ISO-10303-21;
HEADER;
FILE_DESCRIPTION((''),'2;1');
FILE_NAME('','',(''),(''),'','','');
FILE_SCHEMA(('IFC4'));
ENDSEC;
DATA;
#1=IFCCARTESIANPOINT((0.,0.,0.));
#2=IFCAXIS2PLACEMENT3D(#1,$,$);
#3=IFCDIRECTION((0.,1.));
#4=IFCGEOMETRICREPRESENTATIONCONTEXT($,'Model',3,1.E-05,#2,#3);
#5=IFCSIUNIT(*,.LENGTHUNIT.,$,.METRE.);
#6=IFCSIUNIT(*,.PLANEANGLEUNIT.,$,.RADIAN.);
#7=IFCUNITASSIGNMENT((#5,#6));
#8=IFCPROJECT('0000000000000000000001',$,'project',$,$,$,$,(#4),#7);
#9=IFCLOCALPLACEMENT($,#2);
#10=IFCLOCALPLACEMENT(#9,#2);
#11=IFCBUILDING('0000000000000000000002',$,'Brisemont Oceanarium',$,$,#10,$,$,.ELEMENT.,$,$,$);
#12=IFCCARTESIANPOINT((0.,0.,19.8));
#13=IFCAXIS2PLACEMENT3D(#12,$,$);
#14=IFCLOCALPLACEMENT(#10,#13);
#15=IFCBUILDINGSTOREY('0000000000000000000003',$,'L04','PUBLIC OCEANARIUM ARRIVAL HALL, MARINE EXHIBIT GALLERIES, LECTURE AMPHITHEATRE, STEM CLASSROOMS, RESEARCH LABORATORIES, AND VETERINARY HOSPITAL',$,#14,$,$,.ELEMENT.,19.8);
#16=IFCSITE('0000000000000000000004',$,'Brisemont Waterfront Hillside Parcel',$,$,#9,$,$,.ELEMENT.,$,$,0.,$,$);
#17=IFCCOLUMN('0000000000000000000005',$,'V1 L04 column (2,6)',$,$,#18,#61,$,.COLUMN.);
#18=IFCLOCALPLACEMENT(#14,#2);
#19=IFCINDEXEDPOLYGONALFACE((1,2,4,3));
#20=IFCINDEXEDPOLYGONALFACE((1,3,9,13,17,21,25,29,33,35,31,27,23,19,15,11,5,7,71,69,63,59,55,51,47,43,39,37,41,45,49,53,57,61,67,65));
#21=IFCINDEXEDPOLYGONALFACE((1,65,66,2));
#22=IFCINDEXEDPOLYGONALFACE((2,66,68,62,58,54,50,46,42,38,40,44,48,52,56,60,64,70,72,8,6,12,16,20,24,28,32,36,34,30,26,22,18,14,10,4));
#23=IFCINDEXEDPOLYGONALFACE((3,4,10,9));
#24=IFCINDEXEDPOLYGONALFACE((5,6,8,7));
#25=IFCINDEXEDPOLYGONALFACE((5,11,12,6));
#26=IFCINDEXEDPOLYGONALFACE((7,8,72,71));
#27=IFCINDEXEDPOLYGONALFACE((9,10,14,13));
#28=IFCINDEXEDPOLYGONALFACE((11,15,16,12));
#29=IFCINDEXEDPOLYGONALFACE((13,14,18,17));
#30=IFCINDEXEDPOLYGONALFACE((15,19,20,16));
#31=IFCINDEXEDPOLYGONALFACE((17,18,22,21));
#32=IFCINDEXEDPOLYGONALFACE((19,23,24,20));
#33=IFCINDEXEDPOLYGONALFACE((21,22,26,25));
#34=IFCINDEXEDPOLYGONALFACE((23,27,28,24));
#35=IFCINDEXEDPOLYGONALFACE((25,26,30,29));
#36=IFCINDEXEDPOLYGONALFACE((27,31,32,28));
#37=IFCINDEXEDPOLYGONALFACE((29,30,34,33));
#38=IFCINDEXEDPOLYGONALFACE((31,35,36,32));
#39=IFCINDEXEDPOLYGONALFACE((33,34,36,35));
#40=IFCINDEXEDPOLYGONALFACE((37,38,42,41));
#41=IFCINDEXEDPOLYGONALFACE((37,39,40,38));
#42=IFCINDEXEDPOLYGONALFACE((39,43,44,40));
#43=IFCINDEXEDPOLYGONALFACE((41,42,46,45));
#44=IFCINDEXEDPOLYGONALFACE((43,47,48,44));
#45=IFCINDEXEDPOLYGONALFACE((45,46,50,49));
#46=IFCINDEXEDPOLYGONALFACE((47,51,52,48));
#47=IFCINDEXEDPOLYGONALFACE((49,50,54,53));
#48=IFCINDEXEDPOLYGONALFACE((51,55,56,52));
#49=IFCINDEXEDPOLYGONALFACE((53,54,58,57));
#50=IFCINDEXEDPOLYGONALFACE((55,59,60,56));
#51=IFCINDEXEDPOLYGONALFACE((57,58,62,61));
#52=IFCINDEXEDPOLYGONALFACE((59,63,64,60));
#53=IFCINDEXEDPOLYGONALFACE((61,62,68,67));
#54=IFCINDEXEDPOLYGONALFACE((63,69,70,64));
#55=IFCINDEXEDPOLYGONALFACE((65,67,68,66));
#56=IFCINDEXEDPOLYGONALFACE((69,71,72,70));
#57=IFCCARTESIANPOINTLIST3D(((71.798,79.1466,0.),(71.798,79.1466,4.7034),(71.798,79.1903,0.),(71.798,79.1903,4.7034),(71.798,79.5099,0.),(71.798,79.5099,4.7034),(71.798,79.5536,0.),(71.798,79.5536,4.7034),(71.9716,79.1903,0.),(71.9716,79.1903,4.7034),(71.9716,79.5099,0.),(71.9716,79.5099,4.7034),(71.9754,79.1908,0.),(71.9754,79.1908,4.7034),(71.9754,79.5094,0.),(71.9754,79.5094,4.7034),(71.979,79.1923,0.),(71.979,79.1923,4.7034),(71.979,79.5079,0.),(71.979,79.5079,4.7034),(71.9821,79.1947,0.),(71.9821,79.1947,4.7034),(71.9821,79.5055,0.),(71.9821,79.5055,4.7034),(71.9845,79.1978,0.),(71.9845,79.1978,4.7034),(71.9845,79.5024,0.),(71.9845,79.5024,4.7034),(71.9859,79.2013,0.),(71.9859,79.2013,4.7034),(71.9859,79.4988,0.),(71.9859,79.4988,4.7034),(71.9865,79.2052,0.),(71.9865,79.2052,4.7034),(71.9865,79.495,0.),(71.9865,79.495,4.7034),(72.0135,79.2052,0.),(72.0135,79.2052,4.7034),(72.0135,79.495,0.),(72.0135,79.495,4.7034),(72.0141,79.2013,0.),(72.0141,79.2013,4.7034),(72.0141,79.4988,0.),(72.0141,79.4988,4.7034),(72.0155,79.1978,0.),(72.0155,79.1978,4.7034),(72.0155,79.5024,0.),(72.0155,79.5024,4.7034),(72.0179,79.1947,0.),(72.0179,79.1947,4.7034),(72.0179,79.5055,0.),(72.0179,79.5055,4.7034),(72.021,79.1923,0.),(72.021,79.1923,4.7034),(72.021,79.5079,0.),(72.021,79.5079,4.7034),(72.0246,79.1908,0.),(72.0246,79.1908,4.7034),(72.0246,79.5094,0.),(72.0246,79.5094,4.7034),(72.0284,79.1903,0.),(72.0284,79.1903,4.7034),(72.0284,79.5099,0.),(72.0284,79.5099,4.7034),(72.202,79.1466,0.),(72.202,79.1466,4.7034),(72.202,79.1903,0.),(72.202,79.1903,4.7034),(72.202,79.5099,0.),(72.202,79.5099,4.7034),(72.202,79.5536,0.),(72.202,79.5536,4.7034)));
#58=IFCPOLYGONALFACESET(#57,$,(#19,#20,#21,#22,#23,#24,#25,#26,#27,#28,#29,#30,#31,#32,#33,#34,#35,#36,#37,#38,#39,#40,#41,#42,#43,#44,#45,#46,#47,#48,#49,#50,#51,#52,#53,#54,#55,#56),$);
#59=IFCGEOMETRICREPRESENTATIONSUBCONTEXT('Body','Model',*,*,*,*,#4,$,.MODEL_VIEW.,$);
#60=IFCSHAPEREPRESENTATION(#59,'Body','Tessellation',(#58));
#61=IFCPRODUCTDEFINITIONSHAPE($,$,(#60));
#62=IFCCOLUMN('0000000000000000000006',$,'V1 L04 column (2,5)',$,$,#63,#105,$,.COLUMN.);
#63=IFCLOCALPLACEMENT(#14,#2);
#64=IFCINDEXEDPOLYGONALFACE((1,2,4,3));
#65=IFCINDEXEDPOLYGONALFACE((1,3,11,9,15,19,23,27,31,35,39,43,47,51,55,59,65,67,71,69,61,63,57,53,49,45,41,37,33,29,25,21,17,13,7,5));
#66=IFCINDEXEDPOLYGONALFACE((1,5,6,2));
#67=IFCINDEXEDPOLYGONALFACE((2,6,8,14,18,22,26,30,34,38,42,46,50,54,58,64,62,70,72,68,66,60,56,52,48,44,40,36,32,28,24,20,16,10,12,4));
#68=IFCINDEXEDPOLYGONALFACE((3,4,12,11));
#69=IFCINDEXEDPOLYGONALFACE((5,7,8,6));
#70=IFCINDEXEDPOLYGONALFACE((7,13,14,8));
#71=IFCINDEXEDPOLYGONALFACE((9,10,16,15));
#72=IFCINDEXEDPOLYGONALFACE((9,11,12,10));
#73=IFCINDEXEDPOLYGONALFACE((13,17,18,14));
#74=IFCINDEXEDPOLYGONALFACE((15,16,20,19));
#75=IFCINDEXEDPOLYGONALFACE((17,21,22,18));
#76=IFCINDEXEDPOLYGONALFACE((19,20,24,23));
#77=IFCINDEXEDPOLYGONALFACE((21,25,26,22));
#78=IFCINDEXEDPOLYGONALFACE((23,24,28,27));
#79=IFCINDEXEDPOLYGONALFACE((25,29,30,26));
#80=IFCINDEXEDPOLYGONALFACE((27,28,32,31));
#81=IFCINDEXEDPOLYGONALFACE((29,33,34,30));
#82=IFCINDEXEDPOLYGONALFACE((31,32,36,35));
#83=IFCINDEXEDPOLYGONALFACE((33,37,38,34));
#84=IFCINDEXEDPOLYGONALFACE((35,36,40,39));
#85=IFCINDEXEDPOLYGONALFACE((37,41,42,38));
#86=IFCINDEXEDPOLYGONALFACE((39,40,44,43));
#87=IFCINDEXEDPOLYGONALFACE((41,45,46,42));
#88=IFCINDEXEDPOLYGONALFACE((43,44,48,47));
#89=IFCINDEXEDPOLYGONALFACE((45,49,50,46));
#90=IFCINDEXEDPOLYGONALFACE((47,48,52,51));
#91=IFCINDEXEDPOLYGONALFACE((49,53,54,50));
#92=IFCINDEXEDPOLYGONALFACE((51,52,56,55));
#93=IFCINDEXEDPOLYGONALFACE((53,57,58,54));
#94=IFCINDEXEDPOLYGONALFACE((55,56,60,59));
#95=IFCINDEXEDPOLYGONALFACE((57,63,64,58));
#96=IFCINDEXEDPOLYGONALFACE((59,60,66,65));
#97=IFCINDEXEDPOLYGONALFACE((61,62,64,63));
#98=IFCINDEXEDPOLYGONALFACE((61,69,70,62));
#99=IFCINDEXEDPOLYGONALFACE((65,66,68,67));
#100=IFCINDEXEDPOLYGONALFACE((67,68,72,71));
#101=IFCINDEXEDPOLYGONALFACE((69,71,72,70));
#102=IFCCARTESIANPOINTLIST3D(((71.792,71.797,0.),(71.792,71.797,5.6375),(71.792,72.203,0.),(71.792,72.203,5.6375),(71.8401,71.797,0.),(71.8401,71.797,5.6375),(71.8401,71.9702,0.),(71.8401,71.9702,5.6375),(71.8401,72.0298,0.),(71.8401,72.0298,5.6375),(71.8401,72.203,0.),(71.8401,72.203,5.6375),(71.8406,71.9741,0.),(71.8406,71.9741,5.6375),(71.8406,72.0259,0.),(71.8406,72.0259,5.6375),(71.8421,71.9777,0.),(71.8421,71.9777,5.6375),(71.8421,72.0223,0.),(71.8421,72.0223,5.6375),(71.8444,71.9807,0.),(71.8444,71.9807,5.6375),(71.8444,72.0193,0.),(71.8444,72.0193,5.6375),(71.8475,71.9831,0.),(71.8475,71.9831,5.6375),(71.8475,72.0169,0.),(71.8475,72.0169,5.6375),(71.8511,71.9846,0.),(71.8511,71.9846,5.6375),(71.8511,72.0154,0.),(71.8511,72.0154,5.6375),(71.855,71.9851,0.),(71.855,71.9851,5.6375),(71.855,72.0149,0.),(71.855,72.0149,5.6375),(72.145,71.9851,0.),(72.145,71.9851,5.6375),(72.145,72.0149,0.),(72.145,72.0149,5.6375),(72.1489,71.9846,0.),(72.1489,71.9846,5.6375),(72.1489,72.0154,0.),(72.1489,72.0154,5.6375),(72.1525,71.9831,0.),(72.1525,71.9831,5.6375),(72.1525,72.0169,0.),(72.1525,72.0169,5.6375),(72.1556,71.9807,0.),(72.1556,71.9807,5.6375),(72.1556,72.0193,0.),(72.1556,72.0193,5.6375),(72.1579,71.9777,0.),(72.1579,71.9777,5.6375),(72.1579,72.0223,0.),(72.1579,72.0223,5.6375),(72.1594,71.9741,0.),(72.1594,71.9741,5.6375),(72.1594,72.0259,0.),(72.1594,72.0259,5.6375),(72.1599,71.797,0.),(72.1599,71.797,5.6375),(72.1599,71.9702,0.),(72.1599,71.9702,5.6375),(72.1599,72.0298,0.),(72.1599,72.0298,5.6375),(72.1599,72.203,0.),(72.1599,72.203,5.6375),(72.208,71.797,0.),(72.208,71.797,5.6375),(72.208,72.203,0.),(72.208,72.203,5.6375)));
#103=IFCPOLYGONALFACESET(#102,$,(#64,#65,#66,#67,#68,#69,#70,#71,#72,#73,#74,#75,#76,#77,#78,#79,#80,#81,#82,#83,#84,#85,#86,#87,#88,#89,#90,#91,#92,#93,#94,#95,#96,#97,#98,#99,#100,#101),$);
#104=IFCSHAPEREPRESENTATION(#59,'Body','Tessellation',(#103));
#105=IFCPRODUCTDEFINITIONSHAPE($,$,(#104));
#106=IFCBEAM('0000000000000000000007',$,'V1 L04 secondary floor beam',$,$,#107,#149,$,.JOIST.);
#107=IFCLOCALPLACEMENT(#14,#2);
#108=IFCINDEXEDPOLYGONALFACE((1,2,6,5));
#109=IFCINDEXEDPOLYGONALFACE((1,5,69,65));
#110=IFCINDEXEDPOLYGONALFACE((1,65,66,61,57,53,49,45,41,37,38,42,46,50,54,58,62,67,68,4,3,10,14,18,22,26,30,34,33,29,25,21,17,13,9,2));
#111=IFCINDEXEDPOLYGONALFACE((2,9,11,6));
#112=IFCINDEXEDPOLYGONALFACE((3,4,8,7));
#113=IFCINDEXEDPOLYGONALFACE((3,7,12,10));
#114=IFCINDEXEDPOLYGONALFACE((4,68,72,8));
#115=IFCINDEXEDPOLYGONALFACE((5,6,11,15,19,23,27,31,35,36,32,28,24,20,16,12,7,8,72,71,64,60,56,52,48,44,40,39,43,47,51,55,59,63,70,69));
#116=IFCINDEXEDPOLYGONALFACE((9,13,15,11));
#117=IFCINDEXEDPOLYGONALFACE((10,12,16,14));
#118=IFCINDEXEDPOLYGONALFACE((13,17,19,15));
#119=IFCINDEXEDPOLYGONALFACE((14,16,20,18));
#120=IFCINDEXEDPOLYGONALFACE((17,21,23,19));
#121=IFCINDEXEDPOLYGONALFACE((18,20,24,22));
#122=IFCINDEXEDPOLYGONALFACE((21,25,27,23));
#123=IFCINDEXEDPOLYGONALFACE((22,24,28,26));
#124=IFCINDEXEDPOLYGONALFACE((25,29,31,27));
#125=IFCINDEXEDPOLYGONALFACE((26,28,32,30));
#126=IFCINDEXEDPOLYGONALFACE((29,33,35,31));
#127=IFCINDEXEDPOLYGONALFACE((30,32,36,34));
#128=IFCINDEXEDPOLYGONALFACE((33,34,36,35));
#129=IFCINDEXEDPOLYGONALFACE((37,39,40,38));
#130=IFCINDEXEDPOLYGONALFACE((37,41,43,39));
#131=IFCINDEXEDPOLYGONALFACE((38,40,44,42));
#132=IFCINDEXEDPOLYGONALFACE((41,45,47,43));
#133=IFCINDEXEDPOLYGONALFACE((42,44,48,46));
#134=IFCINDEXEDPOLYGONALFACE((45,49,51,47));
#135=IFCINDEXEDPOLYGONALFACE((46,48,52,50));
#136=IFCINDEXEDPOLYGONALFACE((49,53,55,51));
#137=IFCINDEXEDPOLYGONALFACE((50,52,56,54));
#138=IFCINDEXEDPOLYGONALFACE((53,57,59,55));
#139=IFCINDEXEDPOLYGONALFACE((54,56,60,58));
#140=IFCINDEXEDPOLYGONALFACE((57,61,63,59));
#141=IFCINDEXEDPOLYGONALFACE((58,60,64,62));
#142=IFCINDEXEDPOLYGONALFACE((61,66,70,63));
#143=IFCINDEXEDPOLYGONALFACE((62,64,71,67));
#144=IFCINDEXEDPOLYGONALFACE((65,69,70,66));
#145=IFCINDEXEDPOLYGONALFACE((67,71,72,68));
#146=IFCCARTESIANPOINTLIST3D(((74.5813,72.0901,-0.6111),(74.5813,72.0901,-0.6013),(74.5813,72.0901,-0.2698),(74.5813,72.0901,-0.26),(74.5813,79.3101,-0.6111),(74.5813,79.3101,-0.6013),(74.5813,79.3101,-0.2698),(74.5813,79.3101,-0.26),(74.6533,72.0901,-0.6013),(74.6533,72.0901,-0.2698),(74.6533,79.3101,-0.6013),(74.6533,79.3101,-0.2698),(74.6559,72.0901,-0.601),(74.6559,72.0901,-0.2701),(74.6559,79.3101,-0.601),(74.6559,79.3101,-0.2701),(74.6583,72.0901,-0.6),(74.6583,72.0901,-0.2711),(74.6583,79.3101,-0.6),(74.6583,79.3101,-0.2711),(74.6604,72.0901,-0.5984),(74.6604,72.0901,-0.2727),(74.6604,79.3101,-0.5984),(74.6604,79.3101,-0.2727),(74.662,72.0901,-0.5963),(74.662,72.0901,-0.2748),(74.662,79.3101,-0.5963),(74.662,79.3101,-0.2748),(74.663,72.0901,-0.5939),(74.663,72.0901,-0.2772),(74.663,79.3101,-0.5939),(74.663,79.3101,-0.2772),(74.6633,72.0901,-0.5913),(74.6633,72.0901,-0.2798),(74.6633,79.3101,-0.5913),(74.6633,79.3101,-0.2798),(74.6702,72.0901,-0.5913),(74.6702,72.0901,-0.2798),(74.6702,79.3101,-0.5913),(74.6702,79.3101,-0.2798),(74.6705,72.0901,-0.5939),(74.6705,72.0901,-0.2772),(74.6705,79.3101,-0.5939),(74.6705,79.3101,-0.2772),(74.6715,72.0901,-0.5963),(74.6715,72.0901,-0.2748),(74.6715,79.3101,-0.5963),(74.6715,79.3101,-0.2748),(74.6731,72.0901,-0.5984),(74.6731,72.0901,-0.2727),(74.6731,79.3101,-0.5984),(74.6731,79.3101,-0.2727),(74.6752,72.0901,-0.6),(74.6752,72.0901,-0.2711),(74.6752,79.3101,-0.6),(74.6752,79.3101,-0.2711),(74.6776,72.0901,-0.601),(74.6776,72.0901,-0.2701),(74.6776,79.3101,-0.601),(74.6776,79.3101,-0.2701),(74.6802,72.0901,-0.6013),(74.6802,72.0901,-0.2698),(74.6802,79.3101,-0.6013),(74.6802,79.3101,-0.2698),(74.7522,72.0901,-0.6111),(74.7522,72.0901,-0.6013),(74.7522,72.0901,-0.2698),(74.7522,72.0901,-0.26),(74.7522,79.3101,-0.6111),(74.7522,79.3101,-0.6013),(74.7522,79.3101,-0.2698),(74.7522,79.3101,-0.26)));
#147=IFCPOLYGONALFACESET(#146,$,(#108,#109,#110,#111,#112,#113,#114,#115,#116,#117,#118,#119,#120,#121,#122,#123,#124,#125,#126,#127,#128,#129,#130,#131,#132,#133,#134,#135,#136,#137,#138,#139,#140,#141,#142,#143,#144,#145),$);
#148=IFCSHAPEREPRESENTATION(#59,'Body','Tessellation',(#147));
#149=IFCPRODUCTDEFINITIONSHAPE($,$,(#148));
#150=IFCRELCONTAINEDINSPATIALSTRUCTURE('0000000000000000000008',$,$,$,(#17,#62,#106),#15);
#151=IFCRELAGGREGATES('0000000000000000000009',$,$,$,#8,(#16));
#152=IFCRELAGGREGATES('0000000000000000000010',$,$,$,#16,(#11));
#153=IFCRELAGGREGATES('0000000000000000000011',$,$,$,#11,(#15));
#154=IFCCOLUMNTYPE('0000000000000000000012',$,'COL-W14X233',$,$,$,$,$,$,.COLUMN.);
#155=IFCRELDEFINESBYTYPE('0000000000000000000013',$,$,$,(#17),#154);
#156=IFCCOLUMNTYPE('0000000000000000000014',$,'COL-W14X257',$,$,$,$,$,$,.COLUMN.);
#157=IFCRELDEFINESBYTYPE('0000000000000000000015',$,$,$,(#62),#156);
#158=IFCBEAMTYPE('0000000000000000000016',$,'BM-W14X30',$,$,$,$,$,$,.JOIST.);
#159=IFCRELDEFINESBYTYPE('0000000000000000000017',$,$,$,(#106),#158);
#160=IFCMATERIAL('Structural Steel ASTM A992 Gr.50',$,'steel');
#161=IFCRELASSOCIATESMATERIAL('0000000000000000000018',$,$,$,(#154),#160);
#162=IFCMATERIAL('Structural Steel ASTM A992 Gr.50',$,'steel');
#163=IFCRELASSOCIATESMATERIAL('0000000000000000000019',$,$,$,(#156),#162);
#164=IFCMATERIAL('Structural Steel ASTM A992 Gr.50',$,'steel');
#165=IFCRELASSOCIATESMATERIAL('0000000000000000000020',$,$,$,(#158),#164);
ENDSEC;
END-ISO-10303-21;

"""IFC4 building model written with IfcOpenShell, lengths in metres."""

from ifc_helpers import new_model, si_unit, direction, frame, origin, origin_2d, place, context, subcontext, project, spatial, i_section, extrude, material, material_profile, profile_set, type_object, element, save


model = new_model("IFC4")

# Units and contexts
model_context = context("Model", 3, precision=1e-05, world=origin(), true_north=direction((0.0, 1.0)))
body_context = subcontext(model_context, "Body", "Model", "MODEL_VIEW")
ifc_project = project(units=[si_unit("LENGTHUNIT", "METRE"), si_unit("PLANEANGLEUNIT", "RADIAN")], contexts=[model_context])

# Site, building, storey
site_placement = place(None, origin())
site = spatial("IfcSite", under=ifc_project, at=site_placement, Name="Brisemont Waterfront Hillside Parcel", CompositionType="ELEMENT", RefElevation=0.0)
building_placement = place(site_placement, origin())
building = spatial("IfcBuilding", under=site, at=building_placement, Name="Brisemont Oceanarium", CompositionType="ELEMENT")
storey_placement = place(building_placement, frame((0.0, 0.0, 19.8)))
storey = spatial("IfcBuildingStorey", under=building, at=storey_placement, Name="L04", Description="PUBLIC OCEANARIUM ARRIVAL HALL, MARINE EXHIBIT GALLERIES, LECTURE AMPHITHEATRE, STEM CLASSROOMS, RESEARCH LABORATORIES, AND VETERINARY HOSPITAL", CompositionType="ELEMENT", Elevation=19.8)

# Columns
ifc_material_1 = material(Name="Structural Steel ASTM A992 Gr.50", Category="steel")
ifc_material_profile_1 = material_profile(ifc_material_1, i_section(OverallWidth=0.4041, OverallDepth=0.407, WebThickness=0.0271, FlangeThickness=0.0437, FilletRadius=0.0149, at=origin_2d()), Name="W14X233")
ifc_profile_set_1 = profile_set([ifc_material_profile_1], Name="Structural Steel ASTM A992 Gr.50")
column_type_1 = type_object("IfcColumnType", Name="COL-W14X233", PredefinedType="COLUMN", material=ifc_profile_set_1)
column_1_placement = place(storey_placement, frame((72.0, 79.3501, 0.0), z_axis=(0.0, 0.0, 1.0), x_axis=(1.0, 0.0, 0.0)))
element("IfcColumn", 1, at=column_1_placement, inside=storey, type_object=column_type_1, Name="V1 L04 column (2,6)", PredefinedType="COLUMN", context=body_context, shape_type="SweptSolid", body=[
    extrude(i_section(OverallWidth=0.4041, OverallDepth=0.407, WebThickness=0.0271, FlangeThickness=0.0437, FilletRadius=0.0149, at=origin_2d()), origin(), (0.0, 0.0, 1.0), 4.7034),
])
ifc_material_2 = material(Name="Structural Steel ASTM A992 Gr.50", Category="steel")
ifc_material_profile_2 = material_profile(ifc_material_2, i_section(OverallWidth=0.406, OverallDepth=0.416, WebThickness=0.0298, FlangeThickness=0.0481, FilletRadius=0.0149, at=origin_2d()), Name="W14X257")
ifc_profile_set_2 = profile_set([ifc_material_profile_2], Name="Structural Steel ASTM A992 Gr.50")
column_type_2 = type_object("IfcColumnType", Name="COL-W14X257", PredefinedType="COLUMN", material=ifc_profile_set_2)
column_2_placement = place(storey_placement, frame((72.0, 72.0, 0.0), z_axis=(0.0, 0.0, 1.0), x_axis=(0.0, 1.0, 0.0)))
element("IfcColumn", 2, at=column_2_placement, inside=storey, type_object=column_type_2, Name="V1 L04 column (2,5)", PredefinedType="COLUMN", context=body_context, shape_type="SweptSolid", body=[
    extrude(i_section(OverallWidth=0.406, OverallDepth=0.416, WebThickness=0.0298, FlangeThickness=0.0481, FilletRadius=0.0149, at=origin_2d()), origin(), (0.0, 0.0, 1.0), 5.6375),
])

# Beam
ifc_material_3 = material(Name="Structural Steel ASTM A992 Gr.50", Category="steel")
ifc_material_profile_3 = material_profile(ifc_material_3, i_section(OverallWidth=0.1709, OverallDepth=0.3511, WebThickness=0.0068, FlangeThickness=0.0098, FilletRadius=0.01, at=origin_2d()), Name="W14X30")
ifc_profile_set_3 = profile_set([ifc_material_profile_3], Name="Structural Steel ASTM A992 Gr.50")
beam_type_1 = type_object("IfcBeamType", Name="BM-W14X30", PredefinedType="JOIST", material=ifc_profile_set_3)
beam_1_placement = place(storey_placement, frame((74.6667, 72.0901, -0.4355), z_axis=(0.0, 1.0, 0.0), x_axis=(-1.0, 0.0, 0.0)))
element("IfcBeam", 3, at=beam_1_placement, inside=storey, type_object=beam_type_1, Name="V1 L04 secondary floor beam", PredefinedType="JOIST", context=body_context, shape_type="SweptSolid", body=[
    extrude(i_section(OverallWidth=0.1709, OverallDepth=0.3511, WebThickness=0.0068, FlangeThickness=0.0098, FilletRadius=0.01, at=origin_2d()), origin(), (0.0, 0.0, 1.0), 7.22),
])

save(model, "model.ifc")
